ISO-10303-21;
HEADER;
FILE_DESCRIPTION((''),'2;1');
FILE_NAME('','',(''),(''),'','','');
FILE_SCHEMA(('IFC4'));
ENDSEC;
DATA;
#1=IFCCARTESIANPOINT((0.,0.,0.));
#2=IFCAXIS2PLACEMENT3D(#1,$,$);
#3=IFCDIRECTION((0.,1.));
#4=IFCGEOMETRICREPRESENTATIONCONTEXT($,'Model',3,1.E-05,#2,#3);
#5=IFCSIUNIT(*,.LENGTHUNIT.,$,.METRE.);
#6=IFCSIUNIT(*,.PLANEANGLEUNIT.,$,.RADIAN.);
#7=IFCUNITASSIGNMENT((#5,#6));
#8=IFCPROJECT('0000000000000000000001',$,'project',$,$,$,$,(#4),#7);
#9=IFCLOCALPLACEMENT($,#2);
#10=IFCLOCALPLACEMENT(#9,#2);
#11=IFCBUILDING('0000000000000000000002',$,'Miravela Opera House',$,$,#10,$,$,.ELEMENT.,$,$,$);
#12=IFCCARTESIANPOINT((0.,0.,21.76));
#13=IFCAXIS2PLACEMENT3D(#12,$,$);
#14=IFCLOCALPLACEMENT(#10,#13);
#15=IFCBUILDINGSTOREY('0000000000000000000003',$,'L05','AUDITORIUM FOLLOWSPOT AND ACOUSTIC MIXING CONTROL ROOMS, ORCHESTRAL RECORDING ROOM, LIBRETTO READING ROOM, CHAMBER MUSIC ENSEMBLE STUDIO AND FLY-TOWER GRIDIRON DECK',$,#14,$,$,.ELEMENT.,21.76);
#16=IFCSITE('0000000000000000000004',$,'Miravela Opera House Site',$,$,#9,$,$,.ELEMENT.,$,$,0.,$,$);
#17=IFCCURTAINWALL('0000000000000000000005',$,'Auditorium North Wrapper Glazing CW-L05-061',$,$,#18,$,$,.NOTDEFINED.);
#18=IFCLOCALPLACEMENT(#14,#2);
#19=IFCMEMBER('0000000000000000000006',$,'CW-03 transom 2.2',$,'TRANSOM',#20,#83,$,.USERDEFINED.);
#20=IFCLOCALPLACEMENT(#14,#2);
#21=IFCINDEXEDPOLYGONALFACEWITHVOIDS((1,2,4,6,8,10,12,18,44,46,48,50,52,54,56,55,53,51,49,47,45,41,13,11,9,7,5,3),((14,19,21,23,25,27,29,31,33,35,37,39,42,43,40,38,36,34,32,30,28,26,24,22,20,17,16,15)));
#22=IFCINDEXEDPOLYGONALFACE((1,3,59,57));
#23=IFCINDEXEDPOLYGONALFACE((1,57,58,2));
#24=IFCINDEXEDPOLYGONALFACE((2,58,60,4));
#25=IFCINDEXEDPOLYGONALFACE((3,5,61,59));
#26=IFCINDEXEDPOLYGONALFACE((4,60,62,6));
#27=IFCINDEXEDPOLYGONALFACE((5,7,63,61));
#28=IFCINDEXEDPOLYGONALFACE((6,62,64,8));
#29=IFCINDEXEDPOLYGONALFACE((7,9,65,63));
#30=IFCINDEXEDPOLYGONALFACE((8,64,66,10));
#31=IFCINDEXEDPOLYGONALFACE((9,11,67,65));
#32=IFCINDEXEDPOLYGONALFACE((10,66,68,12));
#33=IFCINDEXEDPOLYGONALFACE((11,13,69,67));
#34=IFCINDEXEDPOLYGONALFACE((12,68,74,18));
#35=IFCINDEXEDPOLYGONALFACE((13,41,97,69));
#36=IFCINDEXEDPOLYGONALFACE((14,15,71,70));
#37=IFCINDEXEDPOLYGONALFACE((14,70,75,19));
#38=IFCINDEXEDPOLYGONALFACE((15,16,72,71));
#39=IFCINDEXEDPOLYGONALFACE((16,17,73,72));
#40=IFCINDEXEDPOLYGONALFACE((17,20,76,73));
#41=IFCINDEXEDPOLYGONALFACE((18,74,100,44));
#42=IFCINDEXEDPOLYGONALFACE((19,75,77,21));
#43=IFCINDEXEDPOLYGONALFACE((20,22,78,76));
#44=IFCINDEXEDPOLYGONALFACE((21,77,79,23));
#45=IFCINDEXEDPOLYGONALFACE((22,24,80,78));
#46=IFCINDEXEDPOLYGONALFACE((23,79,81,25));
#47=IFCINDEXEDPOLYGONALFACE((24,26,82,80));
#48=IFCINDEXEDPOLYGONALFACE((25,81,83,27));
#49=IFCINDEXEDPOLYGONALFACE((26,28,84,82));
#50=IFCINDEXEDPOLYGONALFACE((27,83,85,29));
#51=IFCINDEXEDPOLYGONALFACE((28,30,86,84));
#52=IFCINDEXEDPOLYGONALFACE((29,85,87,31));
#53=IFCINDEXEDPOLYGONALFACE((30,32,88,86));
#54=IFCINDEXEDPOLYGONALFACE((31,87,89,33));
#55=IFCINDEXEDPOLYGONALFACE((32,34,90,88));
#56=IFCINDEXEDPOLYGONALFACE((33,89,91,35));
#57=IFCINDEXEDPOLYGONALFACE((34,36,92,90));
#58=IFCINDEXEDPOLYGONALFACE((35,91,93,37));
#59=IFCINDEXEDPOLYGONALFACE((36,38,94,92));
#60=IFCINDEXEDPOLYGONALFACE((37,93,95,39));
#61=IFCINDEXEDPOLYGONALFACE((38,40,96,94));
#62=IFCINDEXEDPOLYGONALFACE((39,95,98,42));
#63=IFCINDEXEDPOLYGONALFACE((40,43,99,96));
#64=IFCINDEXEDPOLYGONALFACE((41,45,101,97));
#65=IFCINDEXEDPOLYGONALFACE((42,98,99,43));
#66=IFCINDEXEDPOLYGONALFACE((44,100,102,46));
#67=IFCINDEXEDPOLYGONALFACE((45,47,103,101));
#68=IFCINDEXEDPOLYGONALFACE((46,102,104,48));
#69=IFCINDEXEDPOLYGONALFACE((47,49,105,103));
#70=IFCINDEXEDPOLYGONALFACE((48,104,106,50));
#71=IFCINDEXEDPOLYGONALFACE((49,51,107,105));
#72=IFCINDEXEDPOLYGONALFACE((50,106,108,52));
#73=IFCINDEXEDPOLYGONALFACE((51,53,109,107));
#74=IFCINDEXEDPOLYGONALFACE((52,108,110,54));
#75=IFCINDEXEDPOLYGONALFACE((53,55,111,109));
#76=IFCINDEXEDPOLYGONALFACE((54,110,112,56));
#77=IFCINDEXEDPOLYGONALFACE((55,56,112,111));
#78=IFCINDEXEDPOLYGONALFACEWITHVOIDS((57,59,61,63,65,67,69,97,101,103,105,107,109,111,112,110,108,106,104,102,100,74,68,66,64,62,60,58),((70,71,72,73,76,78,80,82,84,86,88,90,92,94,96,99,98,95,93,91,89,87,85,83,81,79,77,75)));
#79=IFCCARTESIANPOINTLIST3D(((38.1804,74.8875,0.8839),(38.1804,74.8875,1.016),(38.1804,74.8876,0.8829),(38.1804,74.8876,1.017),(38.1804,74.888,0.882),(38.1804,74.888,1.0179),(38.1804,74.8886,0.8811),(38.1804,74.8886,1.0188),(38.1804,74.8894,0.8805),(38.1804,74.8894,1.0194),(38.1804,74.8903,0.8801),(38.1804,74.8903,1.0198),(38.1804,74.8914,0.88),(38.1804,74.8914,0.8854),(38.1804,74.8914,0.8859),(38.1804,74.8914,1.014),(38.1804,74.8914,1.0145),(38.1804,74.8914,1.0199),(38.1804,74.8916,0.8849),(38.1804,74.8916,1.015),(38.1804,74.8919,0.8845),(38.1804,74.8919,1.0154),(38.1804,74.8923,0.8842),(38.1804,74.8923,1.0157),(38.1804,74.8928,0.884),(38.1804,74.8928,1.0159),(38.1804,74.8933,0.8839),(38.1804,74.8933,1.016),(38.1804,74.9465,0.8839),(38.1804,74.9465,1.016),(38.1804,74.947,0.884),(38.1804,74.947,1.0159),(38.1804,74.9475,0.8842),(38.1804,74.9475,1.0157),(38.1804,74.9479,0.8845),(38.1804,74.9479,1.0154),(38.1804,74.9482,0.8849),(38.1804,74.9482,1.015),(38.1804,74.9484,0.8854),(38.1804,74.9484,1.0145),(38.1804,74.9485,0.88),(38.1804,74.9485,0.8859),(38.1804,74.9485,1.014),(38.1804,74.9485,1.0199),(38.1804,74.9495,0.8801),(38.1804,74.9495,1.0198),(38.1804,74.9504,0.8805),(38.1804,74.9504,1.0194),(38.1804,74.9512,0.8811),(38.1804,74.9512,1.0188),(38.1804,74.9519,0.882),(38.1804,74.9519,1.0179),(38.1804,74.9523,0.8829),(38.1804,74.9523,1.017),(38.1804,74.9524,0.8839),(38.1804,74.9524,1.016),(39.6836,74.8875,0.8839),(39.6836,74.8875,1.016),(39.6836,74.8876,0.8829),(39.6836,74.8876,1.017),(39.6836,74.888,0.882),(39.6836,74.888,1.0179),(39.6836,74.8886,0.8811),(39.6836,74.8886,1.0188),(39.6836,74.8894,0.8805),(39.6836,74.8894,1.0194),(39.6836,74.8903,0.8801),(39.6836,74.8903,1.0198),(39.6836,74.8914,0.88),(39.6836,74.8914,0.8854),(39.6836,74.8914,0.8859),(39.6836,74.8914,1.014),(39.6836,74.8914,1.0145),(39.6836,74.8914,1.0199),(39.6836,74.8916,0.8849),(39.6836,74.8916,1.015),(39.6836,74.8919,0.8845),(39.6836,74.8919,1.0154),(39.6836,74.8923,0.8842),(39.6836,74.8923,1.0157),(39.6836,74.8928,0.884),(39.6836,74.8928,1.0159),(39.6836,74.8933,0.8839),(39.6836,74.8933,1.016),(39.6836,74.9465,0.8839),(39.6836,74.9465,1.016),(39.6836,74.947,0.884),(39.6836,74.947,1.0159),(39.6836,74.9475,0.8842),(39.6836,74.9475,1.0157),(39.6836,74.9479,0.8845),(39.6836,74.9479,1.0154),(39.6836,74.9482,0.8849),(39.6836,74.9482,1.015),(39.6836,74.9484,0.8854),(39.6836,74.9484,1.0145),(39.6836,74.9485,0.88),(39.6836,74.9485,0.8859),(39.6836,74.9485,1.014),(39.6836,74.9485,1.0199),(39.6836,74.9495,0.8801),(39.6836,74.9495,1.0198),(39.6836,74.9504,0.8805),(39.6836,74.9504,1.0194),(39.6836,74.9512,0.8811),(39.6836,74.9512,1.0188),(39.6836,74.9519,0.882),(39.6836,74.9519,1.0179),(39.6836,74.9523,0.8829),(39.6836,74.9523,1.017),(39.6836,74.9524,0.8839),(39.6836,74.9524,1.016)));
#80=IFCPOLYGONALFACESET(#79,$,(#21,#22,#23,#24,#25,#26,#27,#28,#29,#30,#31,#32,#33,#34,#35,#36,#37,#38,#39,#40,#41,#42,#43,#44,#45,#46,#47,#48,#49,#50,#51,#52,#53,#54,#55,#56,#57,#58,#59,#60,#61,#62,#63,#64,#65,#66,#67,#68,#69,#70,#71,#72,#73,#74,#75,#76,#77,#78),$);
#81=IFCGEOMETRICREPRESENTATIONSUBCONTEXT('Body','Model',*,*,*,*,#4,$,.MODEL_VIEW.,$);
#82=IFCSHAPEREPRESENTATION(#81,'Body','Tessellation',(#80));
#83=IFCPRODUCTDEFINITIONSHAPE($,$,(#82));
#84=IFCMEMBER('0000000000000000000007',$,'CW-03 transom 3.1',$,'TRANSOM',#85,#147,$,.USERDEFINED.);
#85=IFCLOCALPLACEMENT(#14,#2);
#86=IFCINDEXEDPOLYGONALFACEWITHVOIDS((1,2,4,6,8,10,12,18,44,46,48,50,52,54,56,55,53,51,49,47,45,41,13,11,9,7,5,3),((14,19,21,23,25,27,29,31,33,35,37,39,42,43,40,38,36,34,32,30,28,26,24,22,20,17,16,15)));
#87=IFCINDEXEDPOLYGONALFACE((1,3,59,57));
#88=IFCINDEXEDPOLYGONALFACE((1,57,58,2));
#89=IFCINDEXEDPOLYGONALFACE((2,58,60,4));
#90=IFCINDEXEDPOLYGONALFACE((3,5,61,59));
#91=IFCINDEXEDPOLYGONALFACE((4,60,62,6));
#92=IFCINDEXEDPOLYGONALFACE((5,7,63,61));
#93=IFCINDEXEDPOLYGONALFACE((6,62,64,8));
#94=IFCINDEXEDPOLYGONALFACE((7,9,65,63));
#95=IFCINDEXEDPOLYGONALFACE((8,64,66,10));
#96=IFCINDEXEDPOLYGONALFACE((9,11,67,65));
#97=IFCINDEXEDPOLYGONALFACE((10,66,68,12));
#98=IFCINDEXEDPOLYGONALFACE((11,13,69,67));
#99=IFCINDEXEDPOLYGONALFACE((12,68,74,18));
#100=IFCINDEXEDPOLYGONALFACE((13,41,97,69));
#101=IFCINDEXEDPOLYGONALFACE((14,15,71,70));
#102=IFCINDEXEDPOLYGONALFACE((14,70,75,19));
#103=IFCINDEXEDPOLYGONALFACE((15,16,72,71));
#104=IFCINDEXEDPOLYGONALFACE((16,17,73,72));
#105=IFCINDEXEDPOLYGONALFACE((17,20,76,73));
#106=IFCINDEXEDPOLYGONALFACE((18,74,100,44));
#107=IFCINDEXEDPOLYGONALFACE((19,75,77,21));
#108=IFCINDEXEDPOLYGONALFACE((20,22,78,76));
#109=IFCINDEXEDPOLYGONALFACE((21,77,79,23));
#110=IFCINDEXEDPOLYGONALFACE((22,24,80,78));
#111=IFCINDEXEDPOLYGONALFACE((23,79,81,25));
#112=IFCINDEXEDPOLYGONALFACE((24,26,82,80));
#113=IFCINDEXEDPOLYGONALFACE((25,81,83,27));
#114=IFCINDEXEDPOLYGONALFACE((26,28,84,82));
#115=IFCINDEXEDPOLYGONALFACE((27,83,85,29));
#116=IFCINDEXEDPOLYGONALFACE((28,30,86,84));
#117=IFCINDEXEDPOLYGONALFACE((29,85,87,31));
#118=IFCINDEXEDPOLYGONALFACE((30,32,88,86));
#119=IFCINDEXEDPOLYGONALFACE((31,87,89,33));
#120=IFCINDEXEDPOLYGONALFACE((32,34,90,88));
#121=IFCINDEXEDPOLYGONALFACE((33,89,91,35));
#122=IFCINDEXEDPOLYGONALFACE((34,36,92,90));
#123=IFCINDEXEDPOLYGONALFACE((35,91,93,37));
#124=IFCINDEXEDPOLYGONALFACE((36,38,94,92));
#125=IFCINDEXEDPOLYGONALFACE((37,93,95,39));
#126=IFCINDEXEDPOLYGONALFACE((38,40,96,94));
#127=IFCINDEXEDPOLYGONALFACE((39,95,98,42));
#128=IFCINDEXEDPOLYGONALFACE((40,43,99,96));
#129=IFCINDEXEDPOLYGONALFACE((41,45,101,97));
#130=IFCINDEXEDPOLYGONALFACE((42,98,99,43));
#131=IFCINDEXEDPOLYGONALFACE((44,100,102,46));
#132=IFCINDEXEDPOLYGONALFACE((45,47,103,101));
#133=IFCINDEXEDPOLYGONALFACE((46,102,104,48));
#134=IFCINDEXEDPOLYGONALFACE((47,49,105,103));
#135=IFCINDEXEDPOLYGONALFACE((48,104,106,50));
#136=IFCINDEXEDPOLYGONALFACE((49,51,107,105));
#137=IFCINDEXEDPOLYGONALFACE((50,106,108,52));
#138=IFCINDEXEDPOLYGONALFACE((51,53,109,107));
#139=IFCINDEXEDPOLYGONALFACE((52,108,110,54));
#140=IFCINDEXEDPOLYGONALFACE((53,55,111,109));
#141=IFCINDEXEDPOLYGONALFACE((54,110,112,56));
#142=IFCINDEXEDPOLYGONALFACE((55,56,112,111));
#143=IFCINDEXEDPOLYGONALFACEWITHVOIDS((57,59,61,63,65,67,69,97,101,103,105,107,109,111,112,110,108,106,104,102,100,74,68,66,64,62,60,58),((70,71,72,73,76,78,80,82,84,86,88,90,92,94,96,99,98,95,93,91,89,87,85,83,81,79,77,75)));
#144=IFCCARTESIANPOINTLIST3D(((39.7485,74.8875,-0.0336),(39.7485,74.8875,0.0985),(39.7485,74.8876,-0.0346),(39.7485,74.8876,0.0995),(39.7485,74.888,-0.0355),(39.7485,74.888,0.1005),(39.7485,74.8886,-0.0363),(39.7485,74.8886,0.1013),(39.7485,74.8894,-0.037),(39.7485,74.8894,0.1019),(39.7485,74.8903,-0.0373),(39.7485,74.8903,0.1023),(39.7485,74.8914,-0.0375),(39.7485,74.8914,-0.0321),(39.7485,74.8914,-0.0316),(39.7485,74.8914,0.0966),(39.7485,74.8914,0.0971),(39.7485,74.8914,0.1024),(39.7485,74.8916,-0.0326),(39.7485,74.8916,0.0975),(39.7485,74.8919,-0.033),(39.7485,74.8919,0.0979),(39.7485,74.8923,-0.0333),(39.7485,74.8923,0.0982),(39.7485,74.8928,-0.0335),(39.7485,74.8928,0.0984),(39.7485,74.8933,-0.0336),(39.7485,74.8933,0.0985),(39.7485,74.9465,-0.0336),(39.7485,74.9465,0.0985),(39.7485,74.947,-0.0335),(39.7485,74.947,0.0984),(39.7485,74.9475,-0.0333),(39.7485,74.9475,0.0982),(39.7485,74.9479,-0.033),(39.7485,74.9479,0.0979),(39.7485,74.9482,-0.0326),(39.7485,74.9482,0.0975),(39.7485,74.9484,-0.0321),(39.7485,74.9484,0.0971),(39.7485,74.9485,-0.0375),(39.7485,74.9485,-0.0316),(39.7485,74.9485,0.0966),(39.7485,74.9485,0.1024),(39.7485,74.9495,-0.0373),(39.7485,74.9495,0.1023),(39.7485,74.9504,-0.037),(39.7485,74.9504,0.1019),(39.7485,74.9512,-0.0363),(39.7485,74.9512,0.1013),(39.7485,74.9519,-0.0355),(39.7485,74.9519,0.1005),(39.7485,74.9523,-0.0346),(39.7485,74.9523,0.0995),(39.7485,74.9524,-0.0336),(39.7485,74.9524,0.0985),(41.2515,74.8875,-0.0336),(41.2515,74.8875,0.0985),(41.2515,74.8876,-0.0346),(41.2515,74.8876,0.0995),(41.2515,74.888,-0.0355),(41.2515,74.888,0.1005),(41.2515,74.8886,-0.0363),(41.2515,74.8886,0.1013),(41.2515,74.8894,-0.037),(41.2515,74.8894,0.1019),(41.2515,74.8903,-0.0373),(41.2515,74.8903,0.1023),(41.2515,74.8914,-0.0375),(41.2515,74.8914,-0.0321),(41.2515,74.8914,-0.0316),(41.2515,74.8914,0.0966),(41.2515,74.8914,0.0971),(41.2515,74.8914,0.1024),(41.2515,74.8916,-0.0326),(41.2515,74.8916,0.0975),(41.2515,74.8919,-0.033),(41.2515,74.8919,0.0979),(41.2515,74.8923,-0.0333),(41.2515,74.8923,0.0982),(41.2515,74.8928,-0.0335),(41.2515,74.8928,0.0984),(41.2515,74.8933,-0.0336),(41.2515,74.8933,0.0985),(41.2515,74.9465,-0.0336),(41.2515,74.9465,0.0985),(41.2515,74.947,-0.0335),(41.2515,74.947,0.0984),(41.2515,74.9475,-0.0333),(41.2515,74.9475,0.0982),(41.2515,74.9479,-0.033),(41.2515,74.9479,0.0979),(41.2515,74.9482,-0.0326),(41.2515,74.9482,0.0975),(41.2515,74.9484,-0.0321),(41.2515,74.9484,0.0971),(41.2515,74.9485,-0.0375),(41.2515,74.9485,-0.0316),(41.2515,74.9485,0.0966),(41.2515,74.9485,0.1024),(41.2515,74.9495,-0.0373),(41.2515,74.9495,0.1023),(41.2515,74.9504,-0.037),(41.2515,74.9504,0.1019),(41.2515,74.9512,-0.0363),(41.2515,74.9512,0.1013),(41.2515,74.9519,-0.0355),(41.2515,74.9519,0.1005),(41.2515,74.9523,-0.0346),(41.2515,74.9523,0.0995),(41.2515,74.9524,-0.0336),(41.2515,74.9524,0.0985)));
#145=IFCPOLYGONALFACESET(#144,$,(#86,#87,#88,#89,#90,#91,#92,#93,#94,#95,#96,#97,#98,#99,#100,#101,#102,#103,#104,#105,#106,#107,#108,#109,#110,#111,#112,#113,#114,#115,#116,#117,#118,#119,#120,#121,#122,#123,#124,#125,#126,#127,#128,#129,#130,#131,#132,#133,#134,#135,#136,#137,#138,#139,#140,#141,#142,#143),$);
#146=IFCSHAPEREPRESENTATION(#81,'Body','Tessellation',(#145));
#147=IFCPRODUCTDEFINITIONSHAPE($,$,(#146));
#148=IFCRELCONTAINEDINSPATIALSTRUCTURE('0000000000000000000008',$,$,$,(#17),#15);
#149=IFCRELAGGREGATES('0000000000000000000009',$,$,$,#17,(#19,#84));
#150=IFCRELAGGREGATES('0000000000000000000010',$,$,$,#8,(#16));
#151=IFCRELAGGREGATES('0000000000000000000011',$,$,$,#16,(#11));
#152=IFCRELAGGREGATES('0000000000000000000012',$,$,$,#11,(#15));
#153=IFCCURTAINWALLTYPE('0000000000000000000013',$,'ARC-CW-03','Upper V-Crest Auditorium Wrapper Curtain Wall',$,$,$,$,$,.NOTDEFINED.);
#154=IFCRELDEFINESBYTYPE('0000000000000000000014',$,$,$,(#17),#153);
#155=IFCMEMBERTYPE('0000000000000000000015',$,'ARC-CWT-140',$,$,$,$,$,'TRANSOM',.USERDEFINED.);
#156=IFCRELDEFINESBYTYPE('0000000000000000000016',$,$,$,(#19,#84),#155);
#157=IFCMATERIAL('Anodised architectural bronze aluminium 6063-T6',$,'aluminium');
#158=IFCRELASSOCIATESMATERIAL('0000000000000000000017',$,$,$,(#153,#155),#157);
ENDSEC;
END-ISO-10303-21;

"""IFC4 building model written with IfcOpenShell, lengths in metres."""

from ifc_helpers import new_model, si_unit, direction, frame, origin, origin_2d, place, context, subcontext, project, spatial, hollow_rectangle, extrude, material, material_profile, profile_set, type_object, element, aggregate, save


model = new_model("IFC4")

# Units and contexts
model_context = context("Model", 3, precision=1e-05, world=origin(), true_north=direction((0.0, 1.0)))
body_context = subcontext(model_context, "Body", "Model", "MODEL_VIEW")
ifc_project = project(units=[si_unit("LENGTHUNIT", "METRE"), si_unit("PLANEANGLEUNIT", "RADIAN")], contexts=[model_context])

# Site, building, storey
site_placement = place(None, origin())
site = spatial("IfcSite", under=ifc_project, at=site_placement, Name="Miravela Opera House Site", CompositionType="ELEMENT", RefElevation=0.0)
building_placement = place(site_placement, origin())
building = spatial("IfcBuilding", under=site, at=building_placement, Name="Miravela Opera House", CompositionType="ELEMENT")
storey_placement = place(building_placement, frame((0.0, 0.0, 21.76)))
storey = spatial("IfcBuildingStorey", under=building, at=storey_placement, Name="L05", Description="AUDITORIUM FOLLOWSPOT AND ACOUSTIC MIXING CONTROL ROOMS, ORCHESTRAL RECORDING ROOM, LIBRETTO READING ROOM, CHAMBER MUSIC ENSEMBLE STUDIO AND FLY-TOWER GRIDIRON DECK", CompositionType="ELEMENT", Elevation=21.76)

# Curtain wall, members
ifc_material_1 = material(Name="Anodised architectural bronze aluminium 6063-T6", Category="aluminium")
curtain_wall_type = type_object("IfcCurtainWallType", Name="ARC-CW-03", Description="Upper V-Crest Auditorium Wrapper Curtain Wall", PredefinedType="NOTDEFINED", material=ifc_material_1)
curtain_wall_placement = place(storey_placement, origin())
curtain_wall = element("IfcCurtainWall", 1, at=curtain_wall_placement, inside=storey, type_object=curtain_wall_type, Name="Auditorium North Wrapper Glazing CW-L05-061", PredefinedType="NOTDEFINED")
ifc_material_profile_1 = material_profile(ifc_material_1, hollow_rectangle(XDim=0.0649, YDim=0.1399, WallThickness=0.0039, InnerFilletRadius=0.002, OuterFilletRadius=0.0039, at=origin_2d()), Name="CWT-65X140")
ifc_profile_set_1 = profile_set([ifc_material_profile_1])
member_type_1 = type_object("IfcMemberType", Name="ARC-CWT-140", ElementType="TRANSOM", PredefinedType="USERDEFINED", material=ifc_profile_set_1)
member_1_placement = place(storey_placement, frame((38.1804, 74.9199, 0.95), z_axis=(1.0, 0.0, 0.0), x_axis=(0.0, 1.0, 0.0)))
member_1 = element("IfcMember", 2, at=member_1_placement, type_object=member_type_1, Name="CW-03 transom 2.2", ObjectType="TRANSOM", PredefinedType="USERDEFINED", context=body_context, shape_type="SweptSolid", body=[
    extrude(hollow_rectangle(XDim=0.0649, YDim=0.1399, WallThickness=0.0039, InnerFilletRadius=0.002, OuterFilletRadius=0.0039, at=origin_2d()), origin(), (0.0, 0.0, 1.0), 1.5032),
])
member_2_placement = place(storey_placement, frame((39.7485, 74.9199, 0.0325), z_axis=(1.0, 0.0, 0.0), x_axis=(0.0, 1.0, 0.0)))
member_2 = element("IfcMember", 3, at=member_2_placement, type_object=member_type_1, Name="CW-03 transom 3.1", ObjectType="TRANSOM", PredefinedType="USERDEFINED", context=body_context, shape_type="SweptSolid", body=[
    extrude(hollow_rectangle(XDim=0.0649, YDim=0.1399, WallThickness=0.0039, InnerFilletRadius=0.002, OuterFilletRadius=0.0039, at=origin_2d()), origin(), (0.0, 0.0, 1.0), 1.5029),
])

aggregate(curtain_wall, [member_1, member_2])

save(model, "model.ifc")
